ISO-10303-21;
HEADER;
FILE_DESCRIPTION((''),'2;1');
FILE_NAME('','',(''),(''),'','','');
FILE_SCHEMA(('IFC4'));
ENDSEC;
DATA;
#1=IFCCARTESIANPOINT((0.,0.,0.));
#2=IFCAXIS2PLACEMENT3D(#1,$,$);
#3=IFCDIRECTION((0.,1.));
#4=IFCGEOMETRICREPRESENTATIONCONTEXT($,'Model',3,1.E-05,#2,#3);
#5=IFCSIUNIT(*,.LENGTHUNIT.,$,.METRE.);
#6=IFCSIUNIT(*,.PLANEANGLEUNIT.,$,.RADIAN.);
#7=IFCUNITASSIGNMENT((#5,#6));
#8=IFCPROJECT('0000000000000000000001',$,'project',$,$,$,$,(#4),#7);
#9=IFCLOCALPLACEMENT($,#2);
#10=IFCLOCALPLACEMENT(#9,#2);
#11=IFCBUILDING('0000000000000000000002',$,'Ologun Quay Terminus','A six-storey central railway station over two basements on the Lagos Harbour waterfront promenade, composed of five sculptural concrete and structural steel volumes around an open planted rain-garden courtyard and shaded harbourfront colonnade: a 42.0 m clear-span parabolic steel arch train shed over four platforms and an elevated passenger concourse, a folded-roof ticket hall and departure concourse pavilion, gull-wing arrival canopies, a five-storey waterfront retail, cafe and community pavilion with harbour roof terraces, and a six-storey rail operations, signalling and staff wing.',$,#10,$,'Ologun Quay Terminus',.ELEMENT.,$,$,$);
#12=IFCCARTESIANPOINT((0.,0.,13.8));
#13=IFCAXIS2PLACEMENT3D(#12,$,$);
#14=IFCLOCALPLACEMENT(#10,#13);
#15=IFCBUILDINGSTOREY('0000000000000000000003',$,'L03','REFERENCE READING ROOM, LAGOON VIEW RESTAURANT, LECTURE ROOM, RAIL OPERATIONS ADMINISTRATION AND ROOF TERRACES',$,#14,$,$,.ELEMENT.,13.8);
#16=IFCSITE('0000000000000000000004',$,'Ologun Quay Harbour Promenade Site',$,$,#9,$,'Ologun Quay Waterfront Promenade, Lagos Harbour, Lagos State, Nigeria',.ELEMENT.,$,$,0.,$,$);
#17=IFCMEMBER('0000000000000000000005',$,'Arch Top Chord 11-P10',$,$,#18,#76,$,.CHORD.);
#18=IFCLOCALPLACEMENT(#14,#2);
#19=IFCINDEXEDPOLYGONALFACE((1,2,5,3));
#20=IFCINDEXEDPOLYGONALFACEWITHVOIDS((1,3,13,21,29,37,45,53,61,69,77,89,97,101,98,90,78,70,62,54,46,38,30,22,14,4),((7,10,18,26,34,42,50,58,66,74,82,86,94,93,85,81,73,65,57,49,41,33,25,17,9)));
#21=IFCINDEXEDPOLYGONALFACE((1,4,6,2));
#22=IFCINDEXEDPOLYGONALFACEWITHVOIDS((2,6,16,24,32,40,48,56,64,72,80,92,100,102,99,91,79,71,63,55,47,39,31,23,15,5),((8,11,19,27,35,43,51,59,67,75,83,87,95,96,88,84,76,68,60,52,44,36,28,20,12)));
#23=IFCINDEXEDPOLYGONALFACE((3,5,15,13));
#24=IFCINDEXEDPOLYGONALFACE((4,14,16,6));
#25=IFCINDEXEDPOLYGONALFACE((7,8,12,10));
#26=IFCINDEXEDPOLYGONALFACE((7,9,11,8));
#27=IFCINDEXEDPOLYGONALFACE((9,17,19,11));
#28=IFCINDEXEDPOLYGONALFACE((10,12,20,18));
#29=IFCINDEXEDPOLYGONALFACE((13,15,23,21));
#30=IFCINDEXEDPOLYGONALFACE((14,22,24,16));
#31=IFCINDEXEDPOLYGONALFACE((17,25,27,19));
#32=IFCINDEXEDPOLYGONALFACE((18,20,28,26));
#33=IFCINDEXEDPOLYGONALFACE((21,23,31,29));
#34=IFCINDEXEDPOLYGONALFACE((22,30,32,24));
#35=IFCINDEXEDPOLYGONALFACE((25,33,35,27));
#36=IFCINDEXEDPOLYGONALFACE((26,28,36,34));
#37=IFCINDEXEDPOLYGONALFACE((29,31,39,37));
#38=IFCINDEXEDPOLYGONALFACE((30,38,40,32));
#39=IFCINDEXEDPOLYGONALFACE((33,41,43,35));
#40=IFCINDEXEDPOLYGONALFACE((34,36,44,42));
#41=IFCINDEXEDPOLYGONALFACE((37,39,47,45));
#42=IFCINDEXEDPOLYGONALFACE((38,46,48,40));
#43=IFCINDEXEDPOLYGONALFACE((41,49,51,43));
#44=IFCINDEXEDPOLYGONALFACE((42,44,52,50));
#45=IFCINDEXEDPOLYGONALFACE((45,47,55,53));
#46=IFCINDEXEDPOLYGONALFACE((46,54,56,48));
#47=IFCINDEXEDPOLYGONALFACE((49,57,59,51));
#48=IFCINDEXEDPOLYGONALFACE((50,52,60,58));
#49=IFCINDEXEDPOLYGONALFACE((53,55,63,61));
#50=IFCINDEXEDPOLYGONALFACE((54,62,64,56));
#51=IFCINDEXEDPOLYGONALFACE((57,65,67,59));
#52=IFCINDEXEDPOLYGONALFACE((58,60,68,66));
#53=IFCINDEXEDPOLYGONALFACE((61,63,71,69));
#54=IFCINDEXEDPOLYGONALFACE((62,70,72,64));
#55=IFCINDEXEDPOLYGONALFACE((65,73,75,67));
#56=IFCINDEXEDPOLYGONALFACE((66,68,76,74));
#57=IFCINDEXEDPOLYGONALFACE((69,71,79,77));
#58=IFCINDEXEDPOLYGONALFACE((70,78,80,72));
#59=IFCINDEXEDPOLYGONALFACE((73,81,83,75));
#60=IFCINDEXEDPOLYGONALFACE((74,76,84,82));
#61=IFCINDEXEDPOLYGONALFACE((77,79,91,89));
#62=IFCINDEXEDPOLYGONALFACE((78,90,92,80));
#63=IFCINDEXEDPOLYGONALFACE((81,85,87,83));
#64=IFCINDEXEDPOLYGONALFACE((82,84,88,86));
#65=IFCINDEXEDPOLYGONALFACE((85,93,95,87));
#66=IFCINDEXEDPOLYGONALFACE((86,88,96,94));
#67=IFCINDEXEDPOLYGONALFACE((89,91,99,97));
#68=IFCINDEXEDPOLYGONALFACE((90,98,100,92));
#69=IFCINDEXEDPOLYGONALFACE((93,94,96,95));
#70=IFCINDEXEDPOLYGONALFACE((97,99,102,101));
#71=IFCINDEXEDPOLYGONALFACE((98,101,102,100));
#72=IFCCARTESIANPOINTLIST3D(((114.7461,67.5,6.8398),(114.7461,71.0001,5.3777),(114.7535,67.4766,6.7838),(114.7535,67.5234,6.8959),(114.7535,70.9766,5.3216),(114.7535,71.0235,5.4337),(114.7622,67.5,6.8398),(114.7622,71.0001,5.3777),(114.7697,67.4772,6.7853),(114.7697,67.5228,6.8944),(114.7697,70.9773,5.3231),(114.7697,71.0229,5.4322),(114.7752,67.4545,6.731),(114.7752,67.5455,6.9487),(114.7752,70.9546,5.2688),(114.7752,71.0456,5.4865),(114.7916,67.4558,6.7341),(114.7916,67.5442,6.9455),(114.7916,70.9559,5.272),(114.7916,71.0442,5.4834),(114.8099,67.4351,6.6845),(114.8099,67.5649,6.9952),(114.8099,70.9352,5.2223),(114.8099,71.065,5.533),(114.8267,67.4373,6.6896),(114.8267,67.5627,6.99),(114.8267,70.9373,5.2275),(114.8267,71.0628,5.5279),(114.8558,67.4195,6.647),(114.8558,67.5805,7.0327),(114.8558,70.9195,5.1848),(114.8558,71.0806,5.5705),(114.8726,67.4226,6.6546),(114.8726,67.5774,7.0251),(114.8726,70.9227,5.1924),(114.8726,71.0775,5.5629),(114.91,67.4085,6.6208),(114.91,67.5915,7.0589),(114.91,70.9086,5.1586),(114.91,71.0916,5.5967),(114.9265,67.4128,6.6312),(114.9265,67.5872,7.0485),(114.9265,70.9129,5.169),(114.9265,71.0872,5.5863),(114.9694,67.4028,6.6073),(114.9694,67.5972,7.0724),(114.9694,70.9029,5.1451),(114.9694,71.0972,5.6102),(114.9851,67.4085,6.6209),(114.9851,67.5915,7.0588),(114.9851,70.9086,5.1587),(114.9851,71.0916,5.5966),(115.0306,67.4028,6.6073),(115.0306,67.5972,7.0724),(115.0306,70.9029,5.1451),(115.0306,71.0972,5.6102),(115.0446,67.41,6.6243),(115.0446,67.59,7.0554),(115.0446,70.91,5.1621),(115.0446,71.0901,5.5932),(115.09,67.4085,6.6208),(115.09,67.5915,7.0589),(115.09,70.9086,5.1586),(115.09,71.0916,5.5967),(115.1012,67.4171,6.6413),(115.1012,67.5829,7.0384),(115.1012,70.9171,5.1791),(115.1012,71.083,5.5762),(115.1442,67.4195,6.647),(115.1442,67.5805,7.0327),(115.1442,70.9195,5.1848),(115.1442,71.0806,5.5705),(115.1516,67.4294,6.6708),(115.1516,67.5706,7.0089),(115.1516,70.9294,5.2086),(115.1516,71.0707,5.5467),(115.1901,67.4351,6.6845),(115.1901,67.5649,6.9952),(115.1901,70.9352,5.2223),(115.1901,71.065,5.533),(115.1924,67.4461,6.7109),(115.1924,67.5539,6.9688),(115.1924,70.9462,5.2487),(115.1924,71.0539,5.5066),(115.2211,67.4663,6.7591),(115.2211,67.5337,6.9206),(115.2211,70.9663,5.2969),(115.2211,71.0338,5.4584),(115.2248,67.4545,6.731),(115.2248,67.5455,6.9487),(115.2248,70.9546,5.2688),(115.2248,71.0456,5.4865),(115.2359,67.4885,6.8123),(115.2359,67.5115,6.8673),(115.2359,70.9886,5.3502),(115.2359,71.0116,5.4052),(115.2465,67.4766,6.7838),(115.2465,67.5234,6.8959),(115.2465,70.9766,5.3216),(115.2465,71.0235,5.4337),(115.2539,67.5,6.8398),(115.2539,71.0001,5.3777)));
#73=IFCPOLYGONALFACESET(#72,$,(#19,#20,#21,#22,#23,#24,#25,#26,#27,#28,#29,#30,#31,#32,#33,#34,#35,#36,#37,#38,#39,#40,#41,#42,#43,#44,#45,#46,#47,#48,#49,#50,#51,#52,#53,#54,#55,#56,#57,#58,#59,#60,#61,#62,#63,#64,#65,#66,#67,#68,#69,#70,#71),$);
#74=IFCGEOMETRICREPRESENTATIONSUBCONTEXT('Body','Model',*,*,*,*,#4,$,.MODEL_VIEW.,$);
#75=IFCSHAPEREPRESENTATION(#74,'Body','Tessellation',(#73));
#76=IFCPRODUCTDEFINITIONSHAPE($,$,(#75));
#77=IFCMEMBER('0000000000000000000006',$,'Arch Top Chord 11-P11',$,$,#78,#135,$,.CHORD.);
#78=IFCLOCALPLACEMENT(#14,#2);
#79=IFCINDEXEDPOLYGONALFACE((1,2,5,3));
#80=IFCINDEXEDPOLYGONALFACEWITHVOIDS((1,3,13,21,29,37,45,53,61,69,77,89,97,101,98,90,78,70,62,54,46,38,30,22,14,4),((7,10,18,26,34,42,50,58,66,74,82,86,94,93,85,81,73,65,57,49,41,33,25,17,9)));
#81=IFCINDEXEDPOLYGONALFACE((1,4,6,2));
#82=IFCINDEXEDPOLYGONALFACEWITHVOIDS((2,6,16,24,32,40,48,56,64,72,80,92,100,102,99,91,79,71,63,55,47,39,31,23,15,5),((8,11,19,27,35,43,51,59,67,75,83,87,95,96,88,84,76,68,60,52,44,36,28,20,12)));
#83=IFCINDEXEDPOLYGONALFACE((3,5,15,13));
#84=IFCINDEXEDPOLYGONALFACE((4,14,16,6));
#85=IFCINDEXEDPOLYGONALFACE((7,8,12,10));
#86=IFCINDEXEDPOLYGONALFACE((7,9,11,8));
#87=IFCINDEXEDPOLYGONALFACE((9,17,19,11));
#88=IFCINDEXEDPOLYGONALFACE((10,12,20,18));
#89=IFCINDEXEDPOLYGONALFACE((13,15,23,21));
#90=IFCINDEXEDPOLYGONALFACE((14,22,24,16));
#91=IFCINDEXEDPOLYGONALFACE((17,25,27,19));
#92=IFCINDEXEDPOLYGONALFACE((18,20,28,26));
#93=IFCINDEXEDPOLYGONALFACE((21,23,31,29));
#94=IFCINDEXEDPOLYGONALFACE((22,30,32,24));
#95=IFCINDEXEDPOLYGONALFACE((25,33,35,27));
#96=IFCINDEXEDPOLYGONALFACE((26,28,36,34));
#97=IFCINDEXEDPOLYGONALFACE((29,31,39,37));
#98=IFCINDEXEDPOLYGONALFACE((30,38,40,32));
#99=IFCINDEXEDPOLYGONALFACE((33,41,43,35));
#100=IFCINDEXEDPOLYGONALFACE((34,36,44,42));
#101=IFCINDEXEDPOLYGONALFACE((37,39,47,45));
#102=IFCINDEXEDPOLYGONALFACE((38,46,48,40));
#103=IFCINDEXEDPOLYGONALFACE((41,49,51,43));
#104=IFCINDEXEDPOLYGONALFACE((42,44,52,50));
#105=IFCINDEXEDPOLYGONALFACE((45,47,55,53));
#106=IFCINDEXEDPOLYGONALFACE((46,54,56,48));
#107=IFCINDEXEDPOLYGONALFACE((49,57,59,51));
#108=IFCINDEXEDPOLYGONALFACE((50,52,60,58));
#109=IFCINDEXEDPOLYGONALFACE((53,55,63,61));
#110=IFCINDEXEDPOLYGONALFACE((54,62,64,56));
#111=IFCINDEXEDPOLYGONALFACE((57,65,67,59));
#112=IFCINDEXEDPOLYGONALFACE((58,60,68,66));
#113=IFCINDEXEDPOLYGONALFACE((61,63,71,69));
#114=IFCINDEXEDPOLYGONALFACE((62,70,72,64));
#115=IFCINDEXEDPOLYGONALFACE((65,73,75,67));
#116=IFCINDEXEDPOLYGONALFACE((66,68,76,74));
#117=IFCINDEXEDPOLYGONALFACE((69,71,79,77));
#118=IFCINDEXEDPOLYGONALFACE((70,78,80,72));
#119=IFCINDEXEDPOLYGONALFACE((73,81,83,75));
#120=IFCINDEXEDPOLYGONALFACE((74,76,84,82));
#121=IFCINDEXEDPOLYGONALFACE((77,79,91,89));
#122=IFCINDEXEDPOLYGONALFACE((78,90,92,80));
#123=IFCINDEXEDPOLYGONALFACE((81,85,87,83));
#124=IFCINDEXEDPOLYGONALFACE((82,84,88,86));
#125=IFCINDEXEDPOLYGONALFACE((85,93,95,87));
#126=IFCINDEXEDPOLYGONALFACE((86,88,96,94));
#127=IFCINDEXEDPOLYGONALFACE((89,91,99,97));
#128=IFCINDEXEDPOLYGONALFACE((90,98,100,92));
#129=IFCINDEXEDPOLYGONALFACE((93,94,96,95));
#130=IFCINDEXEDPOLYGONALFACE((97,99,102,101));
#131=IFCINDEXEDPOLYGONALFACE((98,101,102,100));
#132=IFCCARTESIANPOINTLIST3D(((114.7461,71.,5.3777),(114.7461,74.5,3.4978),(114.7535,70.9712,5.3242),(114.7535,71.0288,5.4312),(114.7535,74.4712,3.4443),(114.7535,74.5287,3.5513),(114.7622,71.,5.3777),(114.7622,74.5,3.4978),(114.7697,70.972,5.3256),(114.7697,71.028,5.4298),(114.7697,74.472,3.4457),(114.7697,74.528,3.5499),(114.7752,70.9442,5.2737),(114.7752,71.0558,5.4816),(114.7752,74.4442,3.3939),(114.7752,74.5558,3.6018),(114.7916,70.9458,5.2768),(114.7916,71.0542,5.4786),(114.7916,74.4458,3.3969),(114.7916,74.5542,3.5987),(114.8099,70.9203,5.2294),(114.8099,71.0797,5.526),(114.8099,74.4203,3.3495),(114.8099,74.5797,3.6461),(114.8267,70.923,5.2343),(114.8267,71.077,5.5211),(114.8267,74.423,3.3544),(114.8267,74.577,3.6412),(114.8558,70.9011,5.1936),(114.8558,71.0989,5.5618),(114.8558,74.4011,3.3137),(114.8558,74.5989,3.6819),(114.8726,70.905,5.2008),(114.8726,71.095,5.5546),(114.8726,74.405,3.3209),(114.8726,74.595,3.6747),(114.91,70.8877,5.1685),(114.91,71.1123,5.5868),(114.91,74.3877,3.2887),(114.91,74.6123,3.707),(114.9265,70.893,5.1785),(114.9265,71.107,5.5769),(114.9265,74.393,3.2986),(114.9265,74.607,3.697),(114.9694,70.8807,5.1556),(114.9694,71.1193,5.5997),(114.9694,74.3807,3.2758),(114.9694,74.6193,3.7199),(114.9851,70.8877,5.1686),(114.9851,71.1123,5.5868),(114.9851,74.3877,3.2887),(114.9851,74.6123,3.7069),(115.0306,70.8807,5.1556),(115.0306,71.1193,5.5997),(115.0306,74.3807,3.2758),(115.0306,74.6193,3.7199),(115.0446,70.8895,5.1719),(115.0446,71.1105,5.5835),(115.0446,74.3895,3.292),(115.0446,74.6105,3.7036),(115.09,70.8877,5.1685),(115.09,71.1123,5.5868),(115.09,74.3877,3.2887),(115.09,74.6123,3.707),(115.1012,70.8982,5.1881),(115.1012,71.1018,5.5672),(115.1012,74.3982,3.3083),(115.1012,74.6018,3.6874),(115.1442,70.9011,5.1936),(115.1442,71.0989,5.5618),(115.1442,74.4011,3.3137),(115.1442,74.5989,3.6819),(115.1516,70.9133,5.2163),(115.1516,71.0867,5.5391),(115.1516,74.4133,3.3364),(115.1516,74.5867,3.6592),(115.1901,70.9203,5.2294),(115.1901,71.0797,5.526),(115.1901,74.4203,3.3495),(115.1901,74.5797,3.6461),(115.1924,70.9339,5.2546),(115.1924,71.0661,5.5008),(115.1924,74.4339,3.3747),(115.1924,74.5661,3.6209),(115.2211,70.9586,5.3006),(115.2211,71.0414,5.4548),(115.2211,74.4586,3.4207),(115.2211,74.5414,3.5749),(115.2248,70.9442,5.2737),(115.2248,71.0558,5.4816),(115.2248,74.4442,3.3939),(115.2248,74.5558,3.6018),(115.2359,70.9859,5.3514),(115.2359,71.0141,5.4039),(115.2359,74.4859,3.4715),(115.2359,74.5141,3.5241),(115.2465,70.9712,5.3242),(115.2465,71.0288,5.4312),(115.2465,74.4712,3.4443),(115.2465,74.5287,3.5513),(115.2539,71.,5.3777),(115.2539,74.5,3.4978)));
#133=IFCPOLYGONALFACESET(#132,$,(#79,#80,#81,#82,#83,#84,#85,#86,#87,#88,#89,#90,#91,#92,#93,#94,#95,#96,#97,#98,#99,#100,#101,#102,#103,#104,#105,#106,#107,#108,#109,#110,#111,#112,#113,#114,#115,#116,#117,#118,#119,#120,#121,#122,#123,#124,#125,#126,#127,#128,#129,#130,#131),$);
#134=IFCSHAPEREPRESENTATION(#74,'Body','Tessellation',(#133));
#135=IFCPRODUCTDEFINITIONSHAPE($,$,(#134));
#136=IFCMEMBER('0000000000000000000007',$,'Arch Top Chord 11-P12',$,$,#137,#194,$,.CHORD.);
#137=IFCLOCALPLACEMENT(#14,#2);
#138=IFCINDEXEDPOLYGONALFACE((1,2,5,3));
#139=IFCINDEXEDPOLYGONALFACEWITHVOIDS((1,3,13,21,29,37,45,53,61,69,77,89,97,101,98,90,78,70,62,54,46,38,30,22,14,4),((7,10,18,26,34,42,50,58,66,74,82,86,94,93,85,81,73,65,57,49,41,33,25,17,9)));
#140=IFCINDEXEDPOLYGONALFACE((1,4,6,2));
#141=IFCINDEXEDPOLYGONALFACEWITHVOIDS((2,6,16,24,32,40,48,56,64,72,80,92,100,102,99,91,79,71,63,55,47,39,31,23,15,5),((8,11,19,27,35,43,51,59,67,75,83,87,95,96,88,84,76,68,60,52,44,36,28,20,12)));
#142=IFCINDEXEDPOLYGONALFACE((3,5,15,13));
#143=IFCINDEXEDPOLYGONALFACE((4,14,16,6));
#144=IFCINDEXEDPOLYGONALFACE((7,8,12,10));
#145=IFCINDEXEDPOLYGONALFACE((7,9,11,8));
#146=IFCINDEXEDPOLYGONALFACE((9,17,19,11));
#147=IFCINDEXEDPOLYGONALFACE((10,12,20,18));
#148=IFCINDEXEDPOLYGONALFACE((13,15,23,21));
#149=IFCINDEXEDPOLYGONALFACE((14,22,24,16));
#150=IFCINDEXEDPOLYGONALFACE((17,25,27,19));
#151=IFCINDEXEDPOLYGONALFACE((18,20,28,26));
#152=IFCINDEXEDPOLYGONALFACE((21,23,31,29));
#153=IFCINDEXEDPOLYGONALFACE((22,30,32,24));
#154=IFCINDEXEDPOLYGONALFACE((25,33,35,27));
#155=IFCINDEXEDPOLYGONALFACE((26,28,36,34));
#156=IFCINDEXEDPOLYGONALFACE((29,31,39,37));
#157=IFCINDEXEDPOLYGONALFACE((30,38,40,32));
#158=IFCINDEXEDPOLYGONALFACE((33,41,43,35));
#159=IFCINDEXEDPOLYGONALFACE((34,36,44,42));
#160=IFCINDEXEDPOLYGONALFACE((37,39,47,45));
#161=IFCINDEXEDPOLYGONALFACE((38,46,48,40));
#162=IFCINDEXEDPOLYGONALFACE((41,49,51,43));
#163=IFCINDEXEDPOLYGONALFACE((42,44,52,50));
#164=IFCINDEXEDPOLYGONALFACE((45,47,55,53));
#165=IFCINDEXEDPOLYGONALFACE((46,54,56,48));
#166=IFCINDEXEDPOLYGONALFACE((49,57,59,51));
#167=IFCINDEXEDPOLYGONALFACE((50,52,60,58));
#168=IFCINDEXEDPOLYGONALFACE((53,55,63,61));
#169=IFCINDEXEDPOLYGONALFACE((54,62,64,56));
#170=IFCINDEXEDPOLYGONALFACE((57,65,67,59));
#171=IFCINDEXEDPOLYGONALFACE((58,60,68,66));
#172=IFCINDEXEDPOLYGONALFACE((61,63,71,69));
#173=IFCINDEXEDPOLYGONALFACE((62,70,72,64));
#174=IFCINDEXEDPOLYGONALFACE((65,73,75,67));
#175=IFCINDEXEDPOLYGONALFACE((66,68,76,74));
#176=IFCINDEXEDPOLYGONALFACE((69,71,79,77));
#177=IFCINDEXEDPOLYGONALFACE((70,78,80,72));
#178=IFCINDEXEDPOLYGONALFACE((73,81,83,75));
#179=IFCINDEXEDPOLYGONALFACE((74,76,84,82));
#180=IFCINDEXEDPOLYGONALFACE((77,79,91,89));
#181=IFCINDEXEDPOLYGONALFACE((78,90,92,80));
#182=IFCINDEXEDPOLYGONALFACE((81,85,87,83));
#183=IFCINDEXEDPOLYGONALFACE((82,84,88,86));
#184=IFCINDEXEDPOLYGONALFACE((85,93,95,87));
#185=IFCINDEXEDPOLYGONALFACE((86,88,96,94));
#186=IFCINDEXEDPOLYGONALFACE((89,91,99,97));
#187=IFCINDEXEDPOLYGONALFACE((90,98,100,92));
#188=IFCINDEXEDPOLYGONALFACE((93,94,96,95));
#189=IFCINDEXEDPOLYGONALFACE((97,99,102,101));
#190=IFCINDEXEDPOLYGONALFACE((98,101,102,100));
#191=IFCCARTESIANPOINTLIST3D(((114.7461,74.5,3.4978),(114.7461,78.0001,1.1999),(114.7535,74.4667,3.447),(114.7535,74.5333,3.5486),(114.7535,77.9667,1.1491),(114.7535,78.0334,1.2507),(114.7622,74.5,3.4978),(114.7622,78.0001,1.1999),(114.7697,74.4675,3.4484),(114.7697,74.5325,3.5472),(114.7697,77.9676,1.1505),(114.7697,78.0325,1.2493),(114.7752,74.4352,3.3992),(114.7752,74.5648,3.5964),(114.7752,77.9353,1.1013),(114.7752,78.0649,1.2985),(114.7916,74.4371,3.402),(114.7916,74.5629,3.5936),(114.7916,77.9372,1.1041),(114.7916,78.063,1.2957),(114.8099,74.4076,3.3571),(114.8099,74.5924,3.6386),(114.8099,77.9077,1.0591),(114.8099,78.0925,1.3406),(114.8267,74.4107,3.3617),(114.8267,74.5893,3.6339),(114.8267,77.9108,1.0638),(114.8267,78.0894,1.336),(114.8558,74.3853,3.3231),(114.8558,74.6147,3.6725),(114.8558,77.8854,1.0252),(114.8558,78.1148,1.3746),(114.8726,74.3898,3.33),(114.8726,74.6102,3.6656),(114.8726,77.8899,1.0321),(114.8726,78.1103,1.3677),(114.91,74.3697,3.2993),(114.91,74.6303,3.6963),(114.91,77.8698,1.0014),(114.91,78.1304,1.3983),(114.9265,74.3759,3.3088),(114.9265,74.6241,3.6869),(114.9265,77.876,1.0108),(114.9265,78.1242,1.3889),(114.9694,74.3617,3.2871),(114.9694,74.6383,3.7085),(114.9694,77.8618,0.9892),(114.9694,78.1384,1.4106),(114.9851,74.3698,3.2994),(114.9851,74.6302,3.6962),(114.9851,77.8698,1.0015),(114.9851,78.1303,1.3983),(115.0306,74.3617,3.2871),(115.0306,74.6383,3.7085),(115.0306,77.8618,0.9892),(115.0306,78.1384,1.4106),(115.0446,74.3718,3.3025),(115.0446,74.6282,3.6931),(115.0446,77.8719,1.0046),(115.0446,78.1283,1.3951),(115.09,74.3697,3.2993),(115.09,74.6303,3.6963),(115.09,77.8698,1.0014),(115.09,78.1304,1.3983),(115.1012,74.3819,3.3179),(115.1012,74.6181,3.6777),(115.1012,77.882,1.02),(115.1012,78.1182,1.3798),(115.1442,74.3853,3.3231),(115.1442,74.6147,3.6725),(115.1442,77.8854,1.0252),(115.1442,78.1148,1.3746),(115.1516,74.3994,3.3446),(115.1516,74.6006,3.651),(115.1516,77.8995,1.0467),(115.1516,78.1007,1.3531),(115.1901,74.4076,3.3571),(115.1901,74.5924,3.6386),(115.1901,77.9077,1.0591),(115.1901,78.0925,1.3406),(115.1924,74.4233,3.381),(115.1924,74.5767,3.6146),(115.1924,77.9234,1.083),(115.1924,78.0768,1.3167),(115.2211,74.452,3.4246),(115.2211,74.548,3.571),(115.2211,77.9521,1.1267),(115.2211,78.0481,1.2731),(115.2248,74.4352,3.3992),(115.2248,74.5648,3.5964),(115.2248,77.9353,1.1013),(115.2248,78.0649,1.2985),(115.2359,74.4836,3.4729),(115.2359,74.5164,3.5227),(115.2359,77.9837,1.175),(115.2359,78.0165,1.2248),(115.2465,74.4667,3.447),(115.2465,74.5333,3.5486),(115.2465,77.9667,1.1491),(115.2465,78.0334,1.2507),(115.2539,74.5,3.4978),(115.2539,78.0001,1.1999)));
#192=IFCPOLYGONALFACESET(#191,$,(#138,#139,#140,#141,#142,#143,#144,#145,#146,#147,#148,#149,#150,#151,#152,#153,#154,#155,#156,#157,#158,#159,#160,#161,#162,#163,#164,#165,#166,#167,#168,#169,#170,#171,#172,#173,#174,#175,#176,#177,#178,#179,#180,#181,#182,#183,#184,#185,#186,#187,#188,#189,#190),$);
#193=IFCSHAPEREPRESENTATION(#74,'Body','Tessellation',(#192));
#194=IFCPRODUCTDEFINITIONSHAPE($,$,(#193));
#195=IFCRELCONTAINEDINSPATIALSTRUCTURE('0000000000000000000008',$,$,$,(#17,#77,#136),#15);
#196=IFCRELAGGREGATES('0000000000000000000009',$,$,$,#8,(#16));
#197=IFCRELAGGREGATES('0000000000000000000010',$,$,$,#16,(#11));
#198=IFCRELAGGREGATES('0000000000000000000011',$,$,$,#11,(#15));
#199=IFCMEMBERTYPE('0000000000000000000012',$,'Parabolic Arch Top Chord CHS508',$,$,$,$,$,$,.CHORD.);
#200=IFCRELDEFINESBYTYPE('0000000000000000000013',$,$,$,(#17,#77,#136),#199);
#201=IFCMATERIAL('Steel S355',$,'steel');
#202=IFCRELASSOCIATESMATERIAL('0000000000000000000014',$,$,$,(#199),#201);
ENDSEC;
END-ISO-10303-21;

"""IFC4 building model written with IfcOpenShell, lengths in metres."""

from ifc_helpers import new_model, si_unit, direction, frame, origin, origin_2d, place, context, subcontext, project, spatial, hollow_circle, extrude, material, material_profile, profile_set, type_object, element, save


model = new_model("IFC4")

# Units and contexts
model_context = context("Model", 3, precision=1e-05, world=origin(), true_north=direction((0.0, 1.0)))
body_context = subcontext(model_context, "Body", "Model", "MODEL_VIEW")
ifc_project = project(units=[si_unit("LENGTHUNIT", "METRE"), si_unit("PLANEANGLEUNIT", "RADIAN")], contexts=[model_context])

# Site, building, storey
site_placement = place(None, origin())
site = spatial("IfcSite", under=ifc_project, at=site_placement, Name="Ologun Quay Harbour Promenade Site", LongName="Ologun Quay Waterfront Promenade, Lagos Harbour, Lagos State, Nigeria", CompositionType="ELEMENT", RefElevation=0.0)
building_placement = place(site_placement, origin())
building = spatial("IfcBuilding", under=site, at=building_placement, Name="Ologun Quay Terminus", Description="A six-storey central railway station over two basements on the Lagos Harbour waterfront promenade, composed of five sculptural concrete and structural steel volumes around an open planted rain-garden courtyard and shaded harbourfront colonnade: a 42.0 m clear-span parabolic steel arch train shed over four platforms and an elevated passenger concourse, a folded-roof ticket hall and departure concourse pavilion, gull-wing arrival canopies, a five-storey waterfront retail, cafe and community pavilion with harbour roof terraces, and a six-storey rail operations, signalling and staff wing.", LongName="Ologun Quay Terminus", CompositionType="ELEMENT")
storey_placement = place(building_placement, frame((0.0, 0.0, 13.8)))
storey = spatial("IfcBuildingStorey", under=building, at=storey_placement, Name="L03", Description="REFERENCE READING ROOM, LAGOON VIEW RESTAURANT, LECTURE ROOM, RAIL OPERATIONS ADMINISTRATION AND ROOF TERRACES", CompositionType="ELEMENT", Elevation=13.8)

# Members
ifc_material_1 = material(Name="Steel S355", Category="steel")
ifc_material_profile_1 = material_profile(ifc_material_1, hollow_circle(Radius=0.2539, WallThickness=0.0161, at=origin_2d()), Name="CHS 508x16")
ifc_profile_set_1 = profile_set([ifc_material_profile_1], Name="Steel S355")
member_type_1 = type_object("IfcMemberType", Name="Parabolic Arch Top Chord CHS508", PredefinedType="CHORD", material=ifc_profile_set_1)
member_1_placement = place(storey_placement, frame((115.0, 67.5, 6.8398), z_axis=(0.0, 0.922719, -0.385474), x_axis=(-1.0, 0.0, 0.0)))
element("IfcMember", 1, at=member_1_placement, inside=storey, type_object=member_type_1, Name="Arch Top Chord 11-P10", PredefinedType="CHORD", context=body_context, shape_type="SweptSolid", body=[
    extrude(hollow_circle(Radius=0.2539, WallThickness=0.0161, at=origin_2d()), origin(), (0.0, 0.0, 1.0), 3.7932),
])
member_2_placement = place(storey_placement, frame((115.0, 71.0, 5.3777), z_axis=(0.0, 0.880968, -0.473176), x_axis=(-1.0, 0.0, 0.0)))
element("IfcMember", 2, at=member_2_placement, inside=storey, type_object=member_type_1, Name="Arch Top Chord 11-P11", PredefinedType="CHORD", context=body_context, shape_type="SweptSolid", body=[
    extrude(hollow_circle(Radius=0.2539, WallThickness=0.0161, at=origin_2d()), origin(), (0.0, 0.0, 1.0), 3.9729),
])
member_3_placement = place(storey_placement, frame((115.0, 74.5, 3.4978), z_axis=(0.0, 0.835941, -0.548819), x_axis=(-1.0, 0.0, 0.0)))
element("IfcMember", 3, at=member_3_placement, inside=storey, type_object=member_type_1, Name="Arch Top Chord 11-P12", PredefinedType="CHORD", context=body_context, shape_type="SweptSolid", body=[
    extrude(hollow_circle(Radius=0.2539, WallThickness=0.0161, at=origin_2d()), origin(), (0.0, 0.0, 1.0), 4.187),
])

save(model, "model.ifc")
